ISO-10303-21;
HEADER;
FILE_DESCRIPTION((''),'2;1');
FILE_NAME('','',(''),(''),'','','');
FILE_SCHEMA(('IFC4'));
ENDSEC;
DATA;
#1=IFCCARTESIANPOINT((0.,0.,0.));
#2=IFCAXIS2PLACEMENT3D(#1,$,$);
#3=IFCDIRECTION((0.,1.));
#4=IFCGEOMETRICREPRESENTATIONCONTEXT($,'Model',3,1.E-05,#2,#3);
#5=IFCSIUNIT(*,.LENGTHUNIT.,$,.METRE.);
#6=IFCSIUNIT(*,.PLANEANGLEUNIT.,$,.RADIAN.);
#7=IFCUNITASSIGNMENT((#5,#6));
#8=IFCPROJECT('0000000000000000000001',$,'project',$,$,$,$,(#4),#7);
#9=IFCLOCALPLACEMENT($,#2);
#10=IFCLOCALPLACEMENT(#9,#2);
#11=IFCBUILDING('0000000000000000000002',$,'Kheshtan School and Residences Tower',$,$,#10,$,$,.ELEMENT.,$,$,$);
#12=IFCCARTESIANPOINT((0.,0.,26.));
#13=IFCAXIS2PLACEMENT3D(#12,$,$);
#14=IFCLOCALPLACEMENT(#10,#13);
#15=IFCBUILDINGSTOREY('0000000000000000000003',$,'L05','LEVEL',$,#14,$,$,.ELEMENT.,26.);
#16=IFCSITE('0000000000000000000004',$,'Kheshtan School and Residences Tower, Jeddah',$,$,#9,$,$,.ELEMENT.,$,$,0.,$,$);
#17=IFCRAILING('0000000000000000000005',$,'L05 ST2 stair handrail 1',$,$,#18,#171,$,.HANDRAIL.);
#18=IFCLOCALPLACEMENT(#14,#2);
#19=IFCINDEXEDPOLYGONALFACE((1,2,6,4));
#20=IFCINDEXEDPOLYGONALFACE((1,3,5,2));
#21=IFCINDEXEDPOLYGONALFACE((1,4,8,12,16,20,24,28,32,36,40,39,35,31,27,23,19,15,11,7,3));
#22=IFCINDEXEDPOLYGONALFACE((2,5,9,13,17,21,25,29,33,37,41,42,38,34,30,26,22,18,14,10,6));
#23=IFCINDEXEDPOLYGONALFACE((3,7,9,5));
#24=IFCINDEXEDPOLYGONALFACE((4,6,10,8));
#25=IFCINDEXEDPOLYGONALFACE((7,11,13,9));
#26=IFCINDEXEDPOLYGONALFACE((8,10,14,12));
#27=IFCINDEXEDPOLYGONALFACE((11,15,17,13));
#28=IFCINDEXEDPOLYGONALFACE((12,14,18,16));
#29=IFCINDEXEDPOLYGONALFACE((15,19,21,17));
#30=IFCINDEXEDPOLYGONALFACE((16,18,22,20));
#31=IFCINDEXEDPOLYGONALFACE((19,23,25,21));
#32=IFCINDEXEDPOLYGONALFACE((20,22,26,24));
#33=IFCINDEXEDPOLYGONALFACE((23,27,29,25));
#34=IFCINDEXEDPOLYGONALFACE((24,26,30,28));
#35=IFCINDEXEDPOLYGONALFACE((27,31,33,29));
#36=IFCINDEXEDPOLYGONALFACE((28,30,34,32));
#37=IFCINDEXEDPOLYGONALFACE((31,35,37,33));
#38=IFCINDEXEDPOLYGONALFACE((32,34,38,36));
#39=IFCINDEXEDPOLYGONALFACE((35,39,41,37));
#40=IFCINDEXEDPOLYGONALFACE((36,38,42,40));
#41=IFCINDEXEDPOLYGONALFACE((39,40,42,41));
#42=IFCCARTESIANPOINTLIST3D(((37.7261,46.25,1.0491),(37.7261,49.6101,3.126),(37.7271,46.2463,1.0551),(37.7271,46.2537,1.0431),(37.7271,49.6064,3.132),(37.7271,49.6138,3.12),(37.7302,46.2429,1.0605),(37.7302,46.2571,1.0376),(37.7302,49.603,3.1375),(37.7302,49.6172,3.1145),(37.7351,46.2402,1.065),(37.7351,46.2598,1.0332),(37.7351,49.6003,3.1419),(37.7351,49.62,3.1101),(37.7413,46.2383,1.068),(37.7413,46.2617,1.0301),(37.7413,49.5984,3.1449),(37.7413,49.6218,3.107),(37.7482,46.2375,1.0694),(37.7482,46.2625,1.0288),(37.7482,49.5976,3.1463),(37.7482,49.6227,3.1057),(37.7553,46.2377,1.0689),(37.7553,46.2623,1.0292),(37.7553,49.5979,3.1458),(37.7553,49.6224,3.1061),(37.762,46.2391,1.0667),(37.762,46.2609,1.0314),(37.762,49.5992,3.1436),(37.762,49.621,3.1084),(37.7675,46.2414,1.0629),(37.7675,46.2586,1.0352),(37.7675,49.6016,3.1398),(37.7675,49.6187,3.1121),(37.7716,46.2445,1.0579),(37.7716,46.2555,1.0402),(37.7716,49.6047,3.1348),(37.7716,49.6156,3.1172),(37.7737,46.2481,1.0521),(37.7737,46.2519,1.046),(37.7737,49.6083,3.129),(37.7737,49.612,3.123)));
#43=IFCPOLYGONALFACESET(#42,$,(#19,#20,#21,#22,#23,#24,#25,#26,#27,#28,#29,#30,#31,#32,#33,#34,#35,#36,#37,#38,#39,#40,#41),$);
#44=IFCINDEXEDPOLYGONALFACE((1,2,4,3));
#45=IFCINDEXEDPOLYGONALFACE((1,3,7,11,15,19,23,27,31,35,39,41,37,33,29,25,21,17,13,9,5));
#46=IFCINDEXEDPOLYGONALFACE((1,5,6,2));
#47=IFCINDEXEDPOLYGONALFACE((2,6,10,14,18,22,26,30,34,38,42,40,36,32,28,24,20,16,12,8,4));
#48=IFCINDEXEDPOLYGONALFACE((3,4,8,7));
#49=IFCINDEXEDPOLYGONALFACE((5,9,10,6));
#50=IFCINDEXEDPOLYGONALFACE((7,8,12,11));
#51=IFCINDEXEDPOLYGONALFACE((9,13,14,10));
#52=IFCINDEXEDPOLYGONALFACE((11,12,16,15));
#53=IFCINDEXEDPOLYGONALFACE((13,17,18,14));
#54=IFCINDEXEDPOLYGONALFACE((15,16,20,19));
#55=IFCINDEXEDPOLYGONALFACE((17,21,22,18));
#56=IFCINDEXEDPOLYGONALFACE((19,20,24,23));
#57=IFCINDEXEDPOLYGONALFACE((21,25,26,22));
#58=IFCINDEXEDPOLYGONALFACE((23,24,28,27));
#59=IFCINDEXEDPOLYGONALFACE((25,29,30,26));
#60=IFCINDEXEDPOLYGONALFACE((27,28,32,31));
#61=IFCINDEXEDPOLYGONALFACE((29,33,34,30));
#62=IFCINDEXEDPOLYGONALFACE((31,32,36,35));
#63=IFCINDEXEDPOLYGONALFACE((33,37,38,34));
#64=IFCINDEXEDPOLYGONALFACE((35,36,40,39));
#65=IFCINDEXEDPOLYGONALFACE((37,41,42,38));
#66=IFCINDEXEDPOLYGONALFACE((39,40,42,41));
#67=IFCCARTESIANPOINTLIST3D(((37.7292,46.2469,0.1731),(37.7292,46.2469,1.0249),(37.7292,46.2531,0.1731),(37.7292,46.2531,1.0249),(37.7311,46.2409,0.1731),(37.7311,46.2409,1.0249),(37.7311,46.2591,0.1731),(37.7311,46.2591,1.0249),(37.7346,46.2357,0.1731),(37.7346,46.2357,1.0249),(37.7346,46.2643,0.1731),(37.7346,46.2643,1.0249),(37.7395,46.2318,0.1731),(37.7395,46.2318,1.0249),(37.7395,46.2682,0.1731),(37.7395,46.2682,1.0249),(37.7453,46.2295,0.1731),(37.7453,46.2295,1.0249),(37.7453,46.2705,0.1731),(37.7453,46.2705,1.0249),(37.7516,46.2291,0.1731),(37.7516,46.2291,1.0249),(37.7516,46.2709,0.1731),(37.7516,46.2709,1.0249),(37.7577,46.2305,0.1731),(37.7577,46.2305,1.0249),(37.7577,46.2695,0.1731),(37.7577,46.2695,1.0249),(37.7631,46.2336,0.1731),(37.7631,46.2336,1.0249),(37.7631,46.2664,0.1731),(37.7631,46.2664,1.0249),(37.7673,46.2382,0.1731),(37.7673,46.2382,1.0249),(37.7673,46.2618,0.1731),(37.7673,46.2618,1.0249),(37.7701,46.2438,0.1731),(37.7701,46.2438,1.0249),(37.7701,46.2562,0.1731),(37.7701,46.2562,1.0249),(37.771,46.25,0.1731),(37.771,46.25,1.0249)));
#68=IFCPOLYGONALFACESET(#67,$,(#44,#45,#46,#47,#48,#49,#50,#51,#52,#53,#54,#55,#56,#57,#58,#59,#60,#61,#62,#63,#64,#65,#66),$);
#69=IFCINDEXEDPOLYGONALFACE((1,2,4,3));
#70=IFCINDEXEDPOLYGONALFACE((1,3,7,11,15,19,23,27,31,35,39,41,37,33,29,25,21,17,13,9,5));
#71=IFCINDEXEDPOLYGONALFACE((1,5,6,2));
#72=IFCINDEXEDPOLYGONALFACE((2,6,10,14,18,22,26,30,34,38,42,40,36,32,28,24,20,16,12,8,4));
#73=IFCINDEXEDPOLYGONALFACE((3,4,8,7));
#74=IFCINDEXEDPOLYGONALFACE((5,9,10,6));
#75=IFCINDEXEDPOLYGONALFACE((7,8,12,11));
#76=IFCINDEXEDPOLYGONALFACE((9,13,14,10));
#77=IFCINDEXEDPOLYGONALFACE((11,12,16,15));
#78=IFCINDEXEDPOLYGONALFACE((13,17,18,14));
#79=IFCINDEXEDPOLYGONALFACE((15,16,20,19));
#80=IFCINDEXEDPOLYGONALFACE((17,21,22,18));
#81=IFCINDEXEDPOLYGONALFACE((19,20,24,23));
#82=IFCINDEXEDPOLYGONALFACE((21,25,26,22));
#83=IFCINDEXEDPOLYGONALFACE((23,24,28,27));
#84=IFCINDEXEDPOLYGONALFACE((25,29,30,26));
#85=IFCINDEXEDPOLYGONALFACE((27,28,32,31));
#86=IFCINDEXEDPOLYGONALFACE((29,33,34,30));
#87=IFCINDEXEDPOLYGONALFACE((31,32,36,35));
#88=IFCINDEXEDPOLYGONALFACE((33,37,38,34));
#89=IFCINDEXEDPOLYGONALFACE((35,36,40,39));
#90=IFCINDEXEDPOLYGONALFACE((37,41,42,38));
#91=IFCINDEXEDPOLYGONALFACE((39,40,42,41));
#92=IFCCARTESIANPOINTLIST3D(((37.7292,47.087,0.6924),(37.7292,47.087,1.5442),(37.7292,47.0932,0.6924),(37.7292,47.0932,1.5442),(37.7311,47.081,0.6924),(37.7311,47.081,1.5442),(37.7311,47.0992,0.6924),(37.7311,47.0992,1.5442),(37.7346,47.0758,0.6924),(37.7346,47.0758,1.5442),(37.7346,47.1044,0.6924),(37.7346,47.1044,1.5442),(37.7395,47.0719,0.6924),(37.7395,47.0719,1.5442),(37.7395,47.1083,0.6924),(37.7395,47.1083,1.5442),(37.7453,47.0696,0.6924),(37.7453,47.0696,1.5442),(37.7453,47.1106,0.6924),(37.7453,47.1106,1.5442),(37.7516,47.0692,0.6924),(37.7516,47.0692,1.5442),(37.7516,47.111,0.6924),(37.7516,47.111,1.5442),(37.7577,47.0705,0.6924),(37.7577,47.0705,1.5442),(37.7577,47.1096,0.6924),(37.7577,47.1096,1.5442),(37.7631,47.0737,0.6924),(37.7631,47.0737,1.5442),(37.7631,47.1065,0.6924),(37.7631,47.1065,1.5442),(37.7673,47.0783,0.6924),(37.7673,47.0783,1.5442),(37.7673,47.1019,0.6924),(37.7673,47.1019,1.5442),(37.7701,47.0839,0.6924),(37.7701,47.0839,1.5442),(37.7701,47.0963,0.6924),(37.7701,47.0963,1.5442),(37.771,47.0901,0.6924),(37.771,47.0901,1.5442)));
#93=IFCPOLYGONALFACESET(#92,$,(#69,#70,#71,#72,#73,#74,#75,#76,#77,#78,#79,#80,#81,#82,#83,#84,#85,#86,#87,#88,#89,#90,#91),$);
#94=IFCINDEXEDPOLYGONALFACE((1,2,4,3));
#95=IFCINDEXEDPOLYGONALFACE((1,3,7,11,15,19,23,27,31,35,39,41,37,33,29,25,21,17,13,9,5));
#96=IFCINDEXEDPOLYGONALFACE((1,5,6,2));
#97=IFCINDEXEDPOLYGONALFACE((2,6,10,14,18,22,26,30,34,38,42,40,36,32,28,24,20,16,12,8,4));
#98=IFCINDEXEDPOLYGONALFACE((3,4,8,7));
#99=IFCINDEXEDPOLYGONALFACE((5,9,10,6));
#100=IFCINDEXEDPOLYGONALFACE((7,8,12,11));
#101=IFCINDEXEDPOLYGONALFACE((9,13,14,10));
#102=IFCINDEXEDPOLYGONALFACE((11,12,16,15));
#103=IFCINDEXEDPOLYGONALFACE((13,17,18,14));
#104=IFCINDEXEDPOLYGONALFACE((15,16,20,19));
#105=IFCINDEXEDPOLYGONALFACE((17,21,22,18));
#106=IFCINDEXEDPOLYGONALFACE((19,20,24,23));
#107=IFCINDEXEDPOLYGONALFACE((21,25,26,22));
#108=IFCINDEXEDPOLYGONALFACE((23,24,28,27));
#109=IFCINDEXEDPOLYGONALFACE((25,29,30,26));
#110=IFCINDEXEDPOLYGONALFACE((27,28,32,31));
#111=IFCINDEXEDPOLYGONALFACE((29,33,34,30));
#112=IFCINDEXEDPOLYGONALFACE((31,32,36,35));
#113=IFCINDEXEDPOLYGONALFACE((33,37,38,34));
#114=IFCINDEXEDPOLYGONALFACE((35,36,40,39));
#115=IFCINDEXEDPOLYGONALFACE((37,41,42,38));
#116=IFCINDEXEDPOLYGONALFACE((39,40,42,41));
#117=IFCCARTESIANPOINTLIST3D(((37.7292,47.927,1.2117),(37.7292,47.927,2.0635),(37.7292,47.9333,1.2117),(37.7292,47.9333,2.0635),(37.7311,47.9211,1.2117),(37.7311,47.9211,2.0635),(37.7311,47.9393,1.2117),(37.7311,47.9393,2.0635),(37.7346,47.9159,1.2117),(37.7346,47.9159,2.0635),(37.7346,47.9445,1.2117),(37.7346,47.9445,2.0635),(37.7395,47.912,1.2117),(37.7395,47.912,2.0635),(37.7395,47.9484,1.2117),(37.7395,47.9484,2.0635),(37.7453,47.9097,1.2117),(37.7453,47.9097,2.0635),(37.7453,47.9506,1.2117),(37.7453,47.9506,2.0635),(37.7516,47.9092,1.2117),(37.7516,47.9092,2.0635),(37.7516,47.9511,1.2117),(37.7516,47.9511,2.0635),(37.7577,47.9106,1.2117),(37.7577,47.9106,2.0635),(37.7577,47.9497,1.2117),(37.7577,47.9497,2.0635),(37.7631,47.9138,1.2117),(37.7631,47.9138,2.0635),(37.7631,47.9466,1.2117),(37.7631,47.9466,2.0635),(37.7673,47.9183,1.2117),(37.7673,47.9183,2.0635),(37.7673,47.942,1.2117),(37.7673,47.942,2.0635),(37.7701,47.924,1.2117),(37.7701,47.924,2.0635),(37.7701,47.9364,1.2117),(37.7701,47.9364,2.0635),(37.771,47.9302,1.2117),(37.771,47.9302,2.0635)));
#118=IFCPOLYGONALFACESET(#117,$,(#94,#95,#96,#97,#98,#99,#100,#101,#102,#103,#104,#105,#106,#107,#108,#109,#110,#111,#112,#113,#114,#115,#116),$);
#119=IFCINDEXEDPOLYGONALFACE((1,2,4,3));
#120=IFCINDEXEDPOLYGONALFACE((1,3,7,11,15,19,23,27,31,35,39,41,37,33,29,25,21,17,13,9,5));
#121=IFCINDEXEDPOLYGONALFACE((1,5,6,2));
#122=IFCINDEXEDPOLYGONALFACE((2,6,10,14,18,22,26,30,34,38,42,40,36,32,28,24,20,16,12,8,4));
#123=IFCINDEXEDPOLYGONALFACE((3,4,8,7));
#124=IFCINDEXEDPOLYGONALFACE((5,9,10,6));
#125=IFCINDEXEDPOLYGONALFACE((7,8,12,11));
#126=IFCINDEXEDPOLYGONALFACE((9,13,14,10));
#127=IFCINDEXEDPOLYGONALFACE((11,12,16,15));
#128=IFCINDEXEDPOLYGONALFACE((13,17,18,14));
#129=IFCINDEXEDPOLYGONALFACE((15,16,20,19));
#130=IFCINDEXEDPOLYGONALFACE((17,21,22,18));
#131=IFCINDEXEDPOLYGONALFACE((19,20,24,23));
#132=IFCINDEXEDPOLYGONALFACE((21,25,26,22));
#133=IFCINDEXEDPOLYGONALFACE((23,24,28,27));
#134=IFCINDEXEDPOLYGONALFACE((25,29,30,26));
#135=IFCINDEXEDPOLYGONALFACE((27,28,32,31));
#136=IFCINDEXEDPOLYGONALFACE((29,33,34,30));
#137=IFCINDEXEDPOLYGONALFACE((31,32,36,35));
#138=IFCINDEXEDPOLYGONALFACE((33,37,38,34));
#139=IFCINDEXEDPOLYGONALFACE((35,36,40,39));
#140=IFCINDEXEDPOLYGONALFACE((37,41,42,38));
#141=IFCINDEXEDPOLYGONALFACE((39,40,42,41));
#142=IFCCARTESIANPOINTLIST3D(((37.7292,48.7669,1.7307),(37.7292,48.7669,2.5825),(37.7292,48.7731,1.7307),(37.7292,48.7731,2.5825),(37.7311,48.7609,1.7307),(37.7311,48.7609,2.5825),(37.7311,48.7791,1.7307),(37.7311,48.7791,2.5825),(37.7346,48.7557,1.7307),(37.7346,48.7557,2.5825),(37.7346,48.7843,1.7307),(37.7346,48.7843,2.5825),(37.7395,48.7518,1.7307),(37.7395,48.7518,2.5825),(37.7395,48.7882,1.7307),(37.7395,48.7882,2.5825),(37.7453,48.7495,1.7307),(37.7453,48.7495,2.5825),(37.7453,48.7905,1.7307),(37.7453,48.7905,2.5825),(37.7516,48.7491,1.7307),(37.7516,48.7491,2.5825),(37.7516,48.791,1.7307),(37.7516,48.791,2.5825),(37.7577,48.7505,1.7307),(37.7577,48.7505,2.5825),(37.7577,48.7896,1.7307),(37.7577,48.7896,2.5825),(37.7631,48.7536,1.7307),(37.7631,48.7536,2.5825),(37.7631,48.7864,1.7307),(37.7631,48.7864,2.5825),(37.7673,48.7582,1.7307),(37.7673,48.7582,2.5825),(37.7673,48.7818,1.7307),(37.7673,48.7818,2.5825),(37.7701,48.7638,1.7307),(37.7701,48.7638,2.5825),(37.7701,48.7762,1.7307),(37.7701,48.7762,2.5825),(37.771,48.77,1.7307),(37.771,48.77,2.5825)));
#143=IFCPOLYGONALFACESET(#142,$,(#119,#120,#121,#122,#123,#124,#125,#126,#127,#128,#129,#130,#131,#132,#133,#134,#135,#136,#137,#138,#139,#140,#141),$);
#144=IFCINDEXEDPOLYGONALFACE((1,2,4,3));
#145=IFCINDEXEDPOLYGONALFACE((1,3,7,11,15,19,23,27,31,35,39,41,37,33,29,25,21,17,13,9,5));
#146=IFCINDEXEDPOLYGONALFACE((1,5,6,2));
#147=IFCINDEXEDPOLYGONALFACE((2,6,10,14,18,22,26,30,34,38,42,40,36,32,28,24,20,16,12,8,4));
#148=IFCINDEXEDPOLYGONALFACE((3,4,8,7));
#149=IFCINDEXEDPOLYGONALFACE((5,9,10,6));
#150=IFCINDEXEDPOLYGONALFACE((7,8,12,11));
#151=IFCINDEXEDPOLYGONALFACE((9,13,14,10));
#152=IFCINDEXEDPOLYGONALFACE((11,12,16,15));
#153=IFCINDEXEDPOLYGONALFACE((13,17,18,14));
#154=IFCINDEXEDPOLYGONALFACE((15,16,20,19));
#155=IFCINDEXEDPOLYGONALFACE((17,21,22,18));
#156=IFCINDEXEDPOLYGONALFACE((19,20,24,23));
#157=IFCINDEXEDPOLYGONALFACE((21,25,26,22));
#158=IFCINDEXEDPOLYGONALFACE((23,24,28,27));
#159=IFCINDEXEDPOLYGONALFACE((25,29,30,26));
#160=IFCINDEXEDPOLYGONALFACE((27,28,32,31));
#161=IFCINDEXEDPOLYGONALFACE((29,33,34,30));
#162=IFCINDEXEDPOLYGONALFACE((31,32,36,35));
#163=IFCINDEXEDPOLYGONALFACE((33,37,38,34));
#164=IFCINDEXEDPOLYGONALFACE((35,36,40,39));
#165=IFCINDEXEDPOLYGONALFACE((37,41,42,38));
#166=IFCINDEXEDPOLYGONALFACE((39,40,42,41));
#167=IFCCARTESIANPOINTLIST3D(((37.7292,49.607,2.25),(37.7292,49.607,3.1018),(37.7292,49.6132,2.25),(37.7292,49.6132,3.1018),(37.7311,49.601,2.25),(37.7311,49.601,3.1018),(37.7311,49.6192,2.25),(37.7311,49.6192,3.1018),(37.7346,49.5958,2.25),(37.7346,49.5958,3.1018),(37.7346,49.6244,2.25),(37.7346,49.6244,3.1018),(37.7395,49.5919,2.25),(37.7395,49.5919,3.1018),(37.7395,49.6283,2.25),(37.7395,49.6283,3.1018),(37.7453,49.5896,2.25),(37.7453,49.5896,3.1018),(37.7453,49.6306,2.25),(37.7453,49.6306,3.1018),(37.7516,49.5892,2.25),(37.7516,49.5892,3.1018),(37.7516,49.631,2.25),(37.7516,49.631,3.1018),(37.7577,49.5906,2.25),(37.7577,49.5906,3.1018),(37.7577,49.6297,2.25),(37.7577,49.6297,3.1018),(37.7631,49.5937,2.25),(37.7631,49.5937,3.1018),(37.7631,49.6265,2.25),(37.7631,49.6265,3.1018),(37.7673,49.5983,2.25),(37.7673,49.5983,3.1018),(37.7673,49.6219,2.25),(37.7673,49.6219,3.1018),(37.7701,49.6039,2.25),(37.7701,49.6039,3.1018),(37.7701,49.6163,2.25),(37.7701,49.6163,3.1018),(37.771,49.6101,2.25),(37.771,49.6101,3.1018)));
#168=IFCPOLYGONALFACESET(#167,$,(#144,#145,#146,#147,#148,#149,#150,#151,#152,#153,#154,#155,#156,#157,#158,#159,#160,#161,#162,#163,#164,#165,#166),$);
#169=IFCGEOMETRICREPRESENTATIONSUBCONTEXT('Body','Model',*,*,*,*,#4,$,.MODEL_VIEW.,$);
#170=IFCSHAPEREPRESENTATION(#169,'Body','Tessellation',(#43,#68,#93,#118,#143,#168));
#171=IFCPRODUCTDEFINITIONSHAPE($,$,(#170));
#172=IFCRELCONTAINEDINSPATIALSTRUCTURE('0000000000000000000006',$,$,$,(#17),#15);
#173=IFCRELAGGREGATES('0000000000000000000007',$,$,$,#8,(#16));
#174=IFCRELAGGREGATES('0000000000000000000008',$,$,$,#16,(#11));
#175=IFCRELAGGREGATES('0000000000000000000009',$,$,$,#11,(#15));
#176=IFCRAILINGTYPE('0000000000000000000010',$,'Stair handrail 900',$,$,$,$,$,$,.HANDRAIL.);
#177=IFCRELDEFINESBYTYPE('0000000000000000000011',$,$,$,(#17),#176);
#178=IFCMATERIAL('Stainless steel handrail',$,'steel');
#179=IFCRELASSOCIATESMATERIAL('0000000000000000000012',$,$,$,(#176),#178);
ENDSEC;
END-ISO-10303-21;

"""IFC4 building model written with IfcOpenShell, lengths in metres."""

from ifc_helpers import new_model, si_unit, direction, frame, origin, origin_2d, place, context, subcontext, project, spatial, circle, extrude, material, type_object, element, save


model = new_model("IFC4")

# Units and contexts
model_context = context("Model", 3, precision=1e-05, world=origin(), true_north=direction((0.0, 1.0)))
body_context = subcontext(model_context, "Body", "Model", "MODEL_VIEW")
ifc_project = project(units=[si_unit("LENGTHUNIT", "METRE"), si_unit("PLANEANGLEUNIT", "RADIAN")], contexts=[model_context])

# Site, building, storey
site_placement = place(None, origin())
site = spatial("IfcSite", under=ifc_project, at=site_placement, Name="Kheshtan School and Residences Tower, Jeddah", CompositionType="ELEMENT", RefElevation=0.0)
building_placement = place(site_placement, origin())
building = spatial("IfcBuilding", under=site, at=building_placement, Name="Kheshtan School and Residences Tower", CompositionType="ELEMENT")
storey_placement = place(building_placement, frame((0.0, 0.0, 26.0)))
storey = spatial("IfcBuildingStorey", under=building, at=storey_placement, Name="L05", Description="LEVEL", CompositionType="ELEMENT", Elevation=26.0)

# Railing
ifc_material_1 = material(Name="Stainless steel handrail", Category="steel")
railing_type_1 = type_object("IfcRailingType", Name="Stair handrail 900", PredefinedType="HANDRAIL", material=ifc_material_1)
railing_1_placement = place(storey_placement, frame((37.75, 46.25, 0.1731)))
element("IfcRailing", 1, at=railing_1_placement, inside=storey, type_object=railing_type_1, Name="L05 ST2 stair handrail 1", PredefinedType="HANDRAIL", context=body_context, shape_type="SweptSolid", body=[
    extrude(circle(Radius=0.0239, at=origin_2d()), frame((0.0, 0.0, 0.876), z_axis=(0.0, 0.850623, 0.525776), x_axis=(-1.0, 0.0, 0.0)), (0.0, 0.0, 1.0), 3.9502),
    extrude(circle(Radius=0.021, at=origin_2d()), origin(), (0.0, 0.0, 1.0), 0.8518),
    extrude(circle(Radius=0.021, at=origin_2d()), frame((0.0, 0.8401, 0.5193)), (0.0, 0.0, 1.0), 0.8518),
    extrude(circle(Radius=0.021, at=origin_2d()), frame((0.0, 1.6802, 1.0386)), (0.0, 0.0, 1.0), 0.8518),
    extrude(circle(Radius=0.021, at=origin_2d()), frame((0.0, 2.52, 1.5576)), (0.0, 0.0, 1.0), 0.8518),
    extrude(circle(Radius=0.021, at=origin_2d()), frame((0.0, 3.3601, 2.0769)), (0.0, 0.0, 1.0), 0.8518),
])

save(model, "model.ifc")
